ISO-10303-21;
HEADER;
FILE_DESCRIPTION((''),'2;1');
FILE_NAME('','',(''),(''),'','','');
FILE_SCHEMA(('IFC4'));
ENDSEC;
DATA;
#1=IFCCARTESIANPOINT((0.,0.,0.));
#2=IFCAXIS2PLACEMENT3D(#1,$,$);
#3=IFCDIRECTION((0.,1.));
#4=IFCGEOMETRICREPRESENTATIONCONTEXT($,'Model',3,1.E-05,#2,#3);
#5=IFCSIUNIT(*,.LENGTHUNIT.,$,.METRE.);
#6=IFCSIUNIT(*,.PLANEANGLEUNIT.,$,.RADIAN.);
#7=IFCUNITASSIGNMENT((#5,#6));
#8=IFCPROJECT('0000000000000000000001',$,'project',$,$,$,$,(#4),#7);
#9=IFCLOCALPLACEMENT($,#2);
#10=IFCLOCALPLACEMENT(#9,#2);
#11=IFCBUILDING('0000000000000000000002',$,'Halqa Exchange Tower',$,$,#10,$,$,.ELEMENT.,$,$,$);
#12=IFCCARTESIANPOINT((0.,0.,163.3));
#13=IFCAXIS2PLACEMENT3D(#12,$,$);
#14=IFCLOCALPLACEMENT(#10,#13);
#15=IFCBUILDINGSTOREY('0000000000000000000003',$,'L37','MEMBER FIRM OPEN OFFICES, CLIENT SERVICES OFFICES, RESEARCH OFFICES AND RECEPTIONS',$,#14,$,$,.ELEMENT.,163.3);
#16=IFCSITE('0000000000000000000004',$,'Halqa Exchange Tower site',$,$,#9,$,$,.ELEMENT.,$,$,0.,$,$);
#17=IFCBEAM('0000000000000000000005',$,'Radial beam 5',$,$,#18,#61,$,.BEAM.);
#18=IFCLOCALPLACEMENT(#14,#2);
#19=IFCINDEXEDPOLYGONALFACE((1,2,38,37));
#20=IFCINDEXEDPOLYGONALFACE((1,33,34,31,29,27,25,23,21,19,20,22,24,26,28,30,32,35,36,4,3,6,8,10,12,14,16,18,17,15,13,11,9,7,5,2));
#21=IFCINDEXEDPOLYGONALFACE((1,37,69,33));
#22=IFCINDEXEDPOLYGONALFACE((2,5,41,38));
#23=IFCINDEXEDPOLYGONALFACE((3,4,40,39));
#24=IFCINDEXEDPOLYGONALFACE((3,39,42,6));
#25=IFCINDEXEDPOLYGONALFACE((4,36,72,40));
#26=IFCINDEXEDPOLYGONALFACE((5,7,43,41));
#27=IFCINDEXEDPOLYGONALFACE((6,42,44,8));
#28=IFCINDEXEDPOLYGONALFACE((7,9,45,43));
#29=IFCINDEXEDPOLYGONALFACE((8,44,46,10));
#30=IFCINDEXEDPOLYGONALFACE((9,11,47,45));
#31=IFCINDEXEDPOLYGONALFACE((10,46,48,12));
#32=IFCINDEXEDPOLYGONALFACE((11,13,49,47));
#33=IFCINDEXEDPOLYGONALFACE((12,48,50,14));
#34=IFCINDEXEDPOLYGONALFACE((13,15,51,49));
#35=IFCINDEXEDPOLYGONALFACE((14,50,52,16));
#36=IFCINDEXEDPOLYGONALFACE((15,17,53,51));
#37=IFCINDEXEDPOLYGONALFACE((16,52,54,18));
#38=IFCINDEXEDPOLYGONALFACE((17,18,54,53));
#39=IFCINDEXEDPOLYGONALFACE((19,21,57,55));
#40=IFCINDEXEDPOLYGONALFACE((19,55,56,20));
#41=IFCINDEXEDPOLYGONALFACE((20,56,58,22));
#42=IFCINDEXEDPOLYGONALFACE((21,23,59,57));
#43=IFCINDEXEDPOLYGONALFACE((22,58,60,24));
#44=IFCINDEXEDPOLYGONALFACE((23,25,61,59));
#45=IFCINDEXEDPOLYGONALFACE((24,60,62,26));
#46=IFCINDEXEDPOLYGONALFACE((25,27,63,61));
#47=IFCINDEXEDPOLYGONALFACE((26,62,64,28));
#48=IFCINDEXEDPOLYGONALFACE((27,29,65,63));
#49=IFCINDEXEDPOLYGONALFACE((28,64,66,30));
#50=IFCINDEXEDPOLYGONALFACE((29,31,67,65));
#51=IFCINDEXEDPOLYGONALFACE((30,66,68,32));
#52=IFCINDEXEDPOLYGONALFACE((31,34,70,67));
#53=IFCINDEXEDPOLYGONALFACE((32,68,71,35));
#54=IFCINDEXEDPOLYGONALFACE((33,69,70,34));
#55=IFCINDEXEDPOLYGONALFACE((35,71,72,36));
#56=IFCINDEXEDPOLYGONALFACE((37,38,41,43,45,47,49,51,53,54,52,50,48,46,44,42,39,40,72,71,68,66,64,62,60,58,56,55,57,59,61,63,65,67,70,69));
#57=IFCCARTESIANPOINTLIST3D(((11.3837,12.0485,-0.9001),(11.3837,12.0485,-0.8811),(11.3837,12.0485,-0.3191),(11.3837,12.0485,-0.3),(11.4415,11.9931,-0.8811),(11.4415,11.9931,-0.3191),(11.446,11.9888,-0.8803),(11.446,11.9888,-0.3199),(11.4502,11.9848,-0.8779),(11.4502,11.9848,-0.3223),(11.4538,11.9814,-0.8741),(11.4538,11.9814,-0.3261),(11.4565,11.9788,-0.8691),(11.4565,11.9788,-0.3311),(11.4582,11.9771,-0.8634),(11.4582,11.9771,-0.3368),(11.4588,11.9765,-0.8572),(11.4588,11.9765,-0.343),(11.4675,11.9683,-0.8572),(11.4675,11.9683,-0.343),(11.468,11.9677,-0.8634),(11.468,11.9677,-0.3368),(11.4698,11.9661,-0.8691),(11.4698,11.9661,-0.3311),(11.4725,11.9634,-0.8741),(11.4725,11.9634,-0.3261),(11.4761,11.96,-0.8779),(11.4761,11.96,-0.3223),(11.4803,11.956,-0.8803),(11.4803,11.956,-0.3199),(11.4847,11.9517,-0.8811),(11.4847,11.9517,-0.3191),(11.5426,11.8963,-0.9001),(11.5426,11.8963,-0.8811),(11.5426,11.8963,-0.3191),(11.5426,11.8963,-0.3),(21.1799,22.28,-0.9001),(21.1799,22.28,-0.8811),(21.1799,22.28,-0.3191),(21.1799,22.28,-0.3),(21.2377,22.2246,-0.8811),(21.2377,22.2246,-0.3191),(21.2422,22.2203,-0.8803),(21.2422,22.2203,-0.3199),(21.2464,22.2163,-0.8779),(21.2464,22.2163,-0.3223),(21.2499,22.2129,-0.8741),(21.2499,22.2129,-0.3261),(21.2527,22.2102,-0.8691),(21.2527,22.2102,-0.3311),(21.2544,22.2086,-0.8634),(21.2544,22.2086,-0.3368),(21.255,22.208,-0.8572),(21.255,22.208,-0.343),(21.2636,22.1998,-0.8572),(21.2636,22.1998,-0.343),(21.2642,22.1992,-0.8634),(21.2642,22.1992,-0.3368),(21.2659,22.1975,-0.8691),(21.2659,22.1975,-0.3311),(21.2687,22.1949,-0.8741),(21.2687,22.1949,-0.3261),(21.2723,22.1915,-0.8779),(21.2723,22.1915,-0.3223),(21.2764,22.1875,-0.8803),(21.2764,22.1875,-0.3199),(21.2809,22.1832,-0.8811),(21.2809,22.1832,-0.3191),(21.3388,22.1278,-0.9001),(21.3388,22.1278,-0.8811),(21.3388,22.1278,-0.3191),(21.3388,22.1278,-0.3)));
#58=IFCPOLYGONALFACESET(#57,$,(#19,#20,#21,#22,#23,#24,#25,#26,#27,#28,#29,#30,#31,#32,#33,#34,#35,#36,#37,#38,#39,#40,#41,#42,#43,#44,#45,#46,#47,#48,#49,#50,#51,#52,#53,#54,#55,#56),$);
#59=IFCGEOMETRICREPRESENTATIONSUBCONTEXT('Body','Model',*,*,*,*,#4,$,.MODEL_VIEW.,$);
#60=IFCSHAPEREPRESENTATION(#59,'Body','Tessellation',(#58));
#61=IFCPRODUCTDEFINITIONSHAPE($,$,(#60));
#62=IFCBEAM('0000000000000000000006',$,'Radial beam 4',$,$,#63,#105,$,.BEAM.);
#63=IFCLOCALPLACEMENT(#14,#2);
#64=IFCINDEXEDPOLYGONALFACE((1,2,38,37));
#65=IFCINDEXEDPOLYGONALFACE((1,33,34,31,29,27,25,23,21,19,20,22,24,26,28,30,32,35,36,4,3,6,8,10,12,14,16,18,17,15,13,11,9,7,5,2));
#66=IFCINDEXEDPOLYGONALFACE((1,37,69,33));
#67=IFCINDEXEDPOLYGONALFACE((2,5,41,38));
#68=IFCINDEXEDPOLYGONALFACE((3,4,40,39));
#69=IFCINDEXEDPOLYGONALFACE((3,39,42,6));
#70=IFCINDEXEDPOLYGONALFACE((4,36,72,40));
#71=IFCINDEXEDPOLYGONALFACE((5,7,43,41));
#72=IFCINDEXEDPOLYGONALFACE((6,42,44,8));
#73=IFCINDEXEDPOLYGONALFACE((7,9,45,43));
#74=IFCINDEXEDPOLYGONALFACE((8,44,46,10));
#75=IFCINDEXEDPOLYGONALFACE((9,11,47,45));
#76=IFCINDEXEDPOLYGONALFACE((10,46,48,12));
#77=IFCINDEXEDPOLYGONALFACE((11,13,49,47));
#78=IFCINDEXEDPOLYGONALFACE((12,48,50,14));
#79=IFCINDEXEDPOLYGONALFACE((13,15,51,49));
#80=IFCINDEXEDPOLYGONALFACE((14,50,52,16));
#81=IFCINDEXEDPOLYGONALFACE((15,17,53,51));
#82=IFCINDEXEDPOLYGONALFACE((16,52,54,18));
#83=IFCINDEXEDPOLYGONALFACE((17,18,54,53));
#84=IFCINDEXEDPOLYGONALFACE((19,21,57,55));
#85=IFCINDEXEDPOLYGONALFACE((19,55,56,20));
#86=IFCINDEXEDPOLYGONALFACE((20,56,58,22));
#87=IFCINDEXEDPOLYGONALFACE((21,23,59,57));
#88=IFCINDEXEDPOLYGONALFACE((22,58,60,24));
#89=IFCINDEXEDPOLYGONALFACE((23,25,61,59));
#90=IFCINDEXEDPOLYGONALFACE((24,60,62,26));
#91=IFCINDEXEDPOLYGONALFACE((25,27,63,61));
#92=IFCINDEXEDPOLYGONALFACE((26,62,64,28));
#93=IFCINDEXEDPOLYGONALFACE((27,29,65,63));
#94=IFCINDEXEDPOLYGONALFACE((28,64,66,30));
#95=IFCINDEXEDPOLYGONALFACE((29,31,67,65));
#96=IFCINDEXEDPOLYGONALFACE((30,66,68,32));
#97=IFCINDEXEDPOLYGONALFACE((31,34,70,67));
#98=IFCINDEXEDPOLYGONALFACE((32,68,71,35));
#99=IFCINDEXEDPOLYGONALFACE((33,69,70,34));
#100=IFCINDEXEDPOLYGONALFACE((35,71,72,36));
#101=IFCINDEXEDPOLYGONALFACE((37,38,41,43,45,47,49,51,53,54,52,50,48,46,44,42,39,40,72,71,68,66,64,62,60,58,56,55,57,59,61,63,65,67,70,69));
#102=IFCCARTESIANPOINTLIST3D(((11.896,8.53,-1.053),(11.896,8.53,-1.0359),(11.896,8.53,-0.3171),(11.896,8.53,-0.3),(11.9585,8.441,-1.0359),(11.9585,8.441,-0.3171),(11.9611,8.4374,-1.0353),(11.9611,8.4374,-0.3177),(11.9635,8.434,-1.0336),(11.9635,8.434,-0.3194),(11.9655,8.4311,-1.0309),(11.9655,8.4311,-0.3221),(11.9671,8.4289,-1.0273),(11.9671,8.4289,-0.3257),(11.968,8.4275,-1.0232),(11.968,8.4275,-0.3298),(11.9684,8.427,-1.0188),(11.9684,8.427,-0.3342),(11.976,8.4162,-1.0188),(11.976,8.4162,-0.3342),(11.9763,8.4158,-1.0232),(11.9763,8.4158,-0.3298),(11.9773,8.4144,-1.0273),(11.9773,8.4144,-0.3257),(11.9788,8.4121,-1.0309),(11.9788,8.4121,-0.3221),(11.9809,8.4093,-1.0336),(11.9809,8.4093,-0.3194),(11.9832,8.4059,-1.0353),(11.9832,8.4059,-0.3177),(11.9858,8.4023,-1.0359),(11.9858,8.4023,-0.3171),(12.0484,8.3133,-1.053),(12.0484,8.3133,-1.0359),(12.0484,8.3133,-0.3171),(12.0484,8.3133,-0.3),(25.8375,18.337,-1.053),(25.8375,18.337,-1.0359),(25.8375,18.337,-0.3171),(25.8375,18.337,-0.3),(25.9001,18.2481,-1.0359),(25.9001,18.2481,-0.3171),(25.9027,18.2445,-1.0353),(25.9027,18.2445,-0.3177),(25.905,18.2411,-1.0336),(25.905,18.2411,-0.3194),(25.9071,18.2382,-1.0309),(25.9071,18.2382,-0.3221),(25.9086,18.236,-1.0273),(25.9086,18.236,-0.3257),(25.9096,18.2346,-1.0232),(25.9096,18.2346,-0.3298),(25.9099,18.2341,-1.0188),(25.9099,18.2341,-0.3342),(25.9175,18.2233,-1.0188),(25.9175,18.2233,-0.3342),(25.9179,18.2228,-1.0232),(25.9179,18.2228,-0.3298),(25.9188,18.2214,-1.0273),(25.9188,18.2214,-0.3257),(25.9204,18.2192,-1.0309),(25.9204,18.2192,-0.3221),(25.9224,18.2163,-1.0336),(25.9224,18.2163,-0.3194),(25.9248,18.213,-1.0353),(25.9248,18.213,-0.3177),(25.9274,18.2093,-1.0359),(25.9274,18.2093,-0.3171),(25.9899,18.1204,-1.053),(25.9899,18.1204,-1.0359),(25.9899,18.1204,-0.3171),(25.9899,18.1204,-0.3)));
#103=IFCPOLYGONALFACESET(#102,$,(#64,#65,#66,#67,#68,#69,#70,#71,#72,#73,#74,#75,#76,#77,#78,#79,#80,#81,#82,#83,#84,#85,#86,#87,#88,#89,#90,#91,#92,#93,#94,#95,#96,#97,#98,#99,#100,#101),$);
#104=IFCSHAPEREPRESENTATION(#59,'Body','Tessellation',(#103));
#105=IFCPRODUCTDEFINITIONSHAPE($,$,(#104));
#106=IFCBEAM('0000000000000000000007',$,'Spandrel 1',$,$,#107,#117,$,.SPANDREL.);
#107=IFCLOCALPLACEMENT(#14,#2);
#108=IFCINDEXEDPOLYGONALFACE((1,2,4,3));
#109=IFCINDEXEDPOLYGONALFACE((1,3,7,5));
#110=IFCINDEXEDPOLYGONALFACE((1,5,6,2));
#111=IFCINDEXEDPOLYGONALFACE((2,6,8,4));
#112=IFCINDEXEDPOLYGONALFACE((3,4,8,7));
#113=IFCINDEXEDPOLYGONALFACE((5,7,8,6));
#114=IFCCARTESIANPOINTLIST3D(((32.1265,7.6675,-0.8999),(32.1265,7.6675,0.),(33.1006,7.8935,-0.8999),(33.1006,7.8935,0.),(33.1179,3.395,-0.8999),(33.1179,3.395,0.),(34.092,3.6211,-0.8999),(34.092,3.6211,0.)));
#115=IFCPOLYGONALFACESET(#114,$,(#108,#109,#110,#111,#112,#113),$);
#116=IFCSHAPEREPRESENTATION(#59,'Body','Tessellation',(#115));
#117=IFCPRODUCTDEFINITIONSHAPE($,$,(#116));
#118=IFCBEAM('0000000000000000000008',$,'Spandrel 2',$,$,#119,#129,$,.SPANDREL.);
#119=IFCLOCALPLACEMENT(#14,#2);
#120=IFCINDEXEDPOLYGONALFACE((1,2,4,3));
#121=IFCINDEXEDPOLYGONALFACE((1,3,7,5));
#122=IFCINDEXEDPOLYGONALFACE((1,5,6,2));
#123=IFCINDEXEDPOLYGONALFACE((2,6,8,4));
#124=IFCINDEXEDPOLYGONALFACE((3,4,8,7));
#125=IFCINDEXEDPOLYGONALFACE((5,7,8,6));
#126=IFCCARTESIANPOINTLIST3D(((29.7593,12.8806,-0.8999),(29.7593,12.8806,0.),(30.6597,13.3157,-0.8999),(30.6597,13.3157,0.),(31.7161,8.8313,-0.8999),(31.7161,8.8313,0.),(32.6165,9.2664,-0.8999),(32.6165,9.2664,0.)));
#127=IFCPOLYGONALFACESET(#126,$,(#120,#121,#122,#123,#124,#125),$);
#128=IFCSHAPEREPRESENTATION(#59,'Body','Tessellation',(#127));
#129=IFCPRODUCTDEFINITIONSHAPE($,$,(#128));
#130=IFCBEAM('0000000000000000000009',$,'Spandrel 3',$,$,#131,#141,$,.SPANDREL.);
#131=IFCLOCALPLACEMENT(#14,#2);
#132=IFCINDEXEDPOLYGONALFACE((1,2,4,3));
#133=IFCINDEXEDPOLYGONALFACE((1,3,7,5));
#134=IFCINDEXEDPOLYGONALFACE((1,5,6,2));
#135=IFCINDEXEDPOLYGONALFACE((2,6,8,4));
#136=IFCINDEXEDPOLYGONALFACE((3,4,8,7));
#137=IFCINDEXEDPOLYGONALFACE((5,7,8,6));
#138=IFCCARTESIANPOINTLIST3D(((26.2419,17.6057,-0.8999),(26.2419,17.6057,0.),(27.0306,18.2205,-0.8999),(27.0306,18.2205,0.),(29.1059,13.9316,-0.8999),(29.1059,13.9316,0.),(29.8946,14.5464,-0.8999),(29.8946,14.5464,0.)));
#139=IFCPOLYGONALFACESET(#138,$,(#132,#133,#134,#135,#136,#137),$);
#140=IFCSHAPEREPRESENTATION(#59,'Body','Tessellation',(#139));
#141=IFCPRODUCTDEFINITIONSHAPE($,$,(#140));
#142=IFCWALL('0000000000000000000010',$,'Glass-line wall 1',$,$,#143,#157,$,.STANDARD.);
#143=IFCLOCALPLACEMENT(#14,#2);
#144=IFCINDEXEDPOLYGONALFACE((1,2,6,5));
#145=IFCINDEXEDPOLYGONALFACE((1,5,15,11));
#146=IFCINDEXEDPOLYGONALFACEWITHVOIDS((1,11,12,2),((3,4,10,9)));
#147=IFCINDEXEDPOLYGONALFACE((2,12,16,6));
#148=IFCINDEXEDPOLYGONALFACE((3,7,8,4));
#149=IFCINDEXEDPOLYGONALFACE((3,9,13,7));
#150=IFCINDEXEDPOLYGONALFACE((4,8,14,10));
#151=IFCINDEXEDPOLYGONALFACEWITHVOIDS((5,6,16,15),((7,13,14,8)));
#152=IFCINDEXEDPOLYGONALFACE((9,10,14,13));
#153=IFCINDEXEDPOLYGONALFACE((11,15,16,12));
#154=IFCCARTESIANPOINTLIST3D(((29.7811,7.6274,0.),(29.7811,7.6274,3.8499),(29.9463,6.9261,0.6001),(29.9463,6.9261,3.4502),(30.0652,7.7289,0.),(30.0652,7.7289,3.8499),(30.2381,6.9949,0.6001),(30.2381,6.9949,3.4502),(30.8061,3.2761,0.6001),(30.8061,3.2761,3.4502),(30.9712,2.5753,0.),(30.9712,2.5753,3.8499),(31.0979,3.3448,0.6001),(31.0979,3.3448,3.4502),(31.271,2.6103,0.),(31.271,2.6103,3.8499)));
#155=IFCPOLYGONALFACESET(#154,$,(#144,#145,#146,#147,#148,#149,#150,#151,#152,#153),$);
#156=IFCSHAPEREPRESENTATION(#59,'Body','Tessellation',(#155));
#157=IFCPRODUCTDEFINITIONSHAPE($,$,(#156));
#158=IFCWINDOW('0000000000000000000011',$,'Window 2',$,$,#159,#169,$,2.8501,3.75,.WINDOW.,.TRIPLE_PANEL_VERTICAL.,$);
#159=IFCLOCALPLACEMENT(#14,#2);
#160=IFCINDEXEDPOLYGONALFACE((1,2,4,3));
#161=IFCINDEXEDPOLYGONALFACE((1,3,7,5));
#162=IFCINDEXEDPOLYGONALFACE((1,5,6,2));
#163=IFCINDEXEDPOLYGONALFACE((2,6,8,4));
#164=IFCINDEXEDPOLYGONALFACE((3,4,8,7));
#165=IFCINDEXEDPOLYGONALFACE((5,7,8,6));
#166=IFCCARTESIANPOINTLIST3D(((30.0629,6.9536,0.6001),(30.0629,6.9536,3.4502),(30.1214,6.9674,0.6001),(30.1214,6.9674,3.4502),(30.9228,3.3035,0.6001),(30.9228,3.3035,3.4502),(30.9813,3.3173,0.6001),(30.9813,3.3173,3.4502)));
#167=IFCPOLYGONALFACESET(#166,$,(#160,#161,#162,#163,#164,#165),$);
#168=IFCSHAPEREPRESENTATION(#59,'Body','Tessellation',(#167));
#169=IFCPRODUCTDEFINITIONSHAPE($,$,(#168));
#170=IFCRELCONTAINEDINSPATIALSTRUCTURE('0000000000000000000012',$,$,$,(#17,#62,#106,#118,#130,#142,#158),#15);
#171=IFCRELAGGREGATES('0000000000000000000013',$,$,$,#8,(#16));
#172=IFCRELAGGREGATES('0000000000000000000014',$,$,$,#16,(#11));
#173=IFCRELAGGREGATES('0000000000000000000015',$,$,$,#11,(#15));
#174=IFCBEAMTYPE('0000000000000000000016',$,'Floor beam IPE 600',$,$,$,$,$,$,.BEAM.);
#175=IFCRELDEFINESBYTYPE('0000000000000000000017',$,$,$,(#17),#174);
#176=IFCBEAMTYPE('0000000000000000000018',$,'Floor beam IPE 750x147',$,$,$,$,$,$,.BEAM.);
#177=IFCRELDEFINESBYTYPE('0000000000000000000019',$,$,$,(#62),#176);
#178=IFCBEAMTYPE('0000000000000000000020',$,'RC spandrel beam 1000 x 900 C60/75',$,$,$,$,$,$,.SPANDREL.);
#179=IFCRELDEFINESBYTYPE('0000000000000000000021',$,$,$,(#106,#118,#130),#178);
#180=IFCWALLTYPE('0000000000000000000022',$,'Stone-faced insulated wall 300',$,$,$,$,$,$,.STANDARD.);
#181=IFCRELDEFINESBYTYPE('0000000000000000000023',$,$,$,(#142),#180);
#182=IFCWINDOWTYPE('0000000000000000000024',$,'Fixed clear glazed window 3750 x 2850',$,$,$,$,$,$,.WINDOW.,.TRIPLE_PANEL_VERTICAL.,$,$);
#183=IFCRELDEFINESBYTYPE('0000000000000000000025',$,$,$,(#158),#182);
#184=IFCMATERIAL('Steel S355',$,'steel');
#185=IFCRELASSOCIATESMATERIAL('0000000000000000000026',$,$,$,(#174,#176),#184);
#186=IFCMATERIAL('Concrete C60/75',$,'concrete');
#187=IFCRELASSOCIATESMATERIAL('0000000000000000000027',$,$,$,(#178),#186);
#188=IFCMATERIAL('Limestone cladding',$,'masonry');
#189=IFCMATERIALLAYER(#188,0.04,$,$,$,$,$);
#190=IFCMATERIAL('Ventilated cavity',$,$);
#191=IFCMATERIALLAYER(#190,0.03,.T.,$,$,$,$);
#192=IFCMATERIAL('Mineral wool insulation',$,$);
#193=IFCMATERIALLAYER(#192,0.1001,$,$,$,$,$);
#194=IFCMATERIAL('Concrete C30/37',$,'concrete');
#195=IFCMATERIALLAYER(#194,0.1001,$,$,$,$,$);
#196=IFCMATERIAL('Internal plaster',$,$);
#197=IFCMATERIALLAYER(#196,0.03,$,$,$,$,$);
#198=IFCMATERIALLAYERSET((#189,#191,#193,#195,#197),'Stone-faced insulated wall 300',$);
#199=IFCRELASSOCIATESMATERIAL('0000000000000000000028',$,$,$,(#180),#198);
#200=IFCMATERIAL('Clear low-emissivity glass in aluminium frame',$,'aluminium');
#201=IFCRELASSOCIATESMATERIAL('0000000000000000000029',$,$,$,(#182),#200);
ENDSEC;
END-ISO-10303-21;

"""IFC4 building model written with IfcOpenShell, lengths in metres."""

from ifc_helpers import new_model, si_unit, direction, frame, frame_2d, origin, origin_2d, place, context, subcontext, project, spatial, polyline, rectangle, i_section, outline, extrude, material, layer, layer_set, material_profile, profile_set, type_object, element, fill, save


model = new_model("IFC4")

# Units and contexts
model_context = context("Model", 3, precision=1e-05, world=origin(), true_north=direction((0.0, 1.0)))
body_context = subcontext(model_context, "Body", "Model", "MODEL_VIEW")
ifc_project = project(units=[si_unit("LENGTHUNIT", "METRE"), si_unit("PLANEANGLEUNIT", "RADIAN")], contexts=[model_context])

# Site, building, storey
site_placement = place(None, origin())
site = spatial("IfcSite", under=ifc_project, at=site_placement, Name="Halqa Exchange Tower site", CompositionType="ELEMENT", RefElevation=0.0)
building_placement = place(site_placement, origin())
building = spatial("IfcBuilding", under=site, at=building_placement, Name="Halqa Exchange Tower", CompositionType="ELEMENT")
storey_placement = place(building_placement, frame((0.0, 0.0, 163.3)))
storey = spatial("IfcBuildingStorey", under=building, at=storey_placement, Name="L37", Description="MEMBER FIRM OPEN OFFICES, CLIENT SERVICES OFFICES, RESEARCH OFFICES AND RECEPTIONS", CompositionType="ELEMENT", Elevation=163.3)

# Beams
ifc_material_1 = material(Name="Steel S355", Category="steel")
ifc_material_profile_1 = material_profile(ifc_material_1, i_section(OverallWidth=0.22, OverallDepth=0.6001, WebThickness=0.012, FlangeThickness=0.019, FilletRadius=0.0239, at=origin_2d()), Name="IPE 600")
ifc_profile_set_1 = profile_set([ifc_material_profile_1], Name="Steel S355")
beam_type_1 = type_object("IfcBeamType", Name="Floor beam IPE 600", PredefinedType="BEAM", material=ifc_profile_set_1)
beam_1_placement = place(storey_placement, frame((11.4631, 11.9724, -0.6001), z_axis=(0.691574, 0.722305, 0.0), x_axis=(-0.722305, 0.691574, 0.0)))
element("IfcBeam", 1, at=beam_1_placement, inside=storey, type_object=beam_type_1, Name="Radial beam 5", PredefinedType="BEAM", context=body_context, shape_type="SweptSolid", body=[
    extrude(i_section(OverallWidth=0.22, OverallDepth=0.6001, WebThickness=0.012, FlangeThickness=0.019, FilletRadius=0.0239, at=origin_2d()), origin(), (0.0, 0.0, 1.0), 14.165),
])
ifc_material_profile_2 = material_profile(ifc_material_1, i_section(OverallWidth=0.2649, OverallDepth=0.7529, WebThickness=0.0132, FlangeThickness=0.0171, FilletRadius=0.0171, at=origin_2d()), Name="IPE 750x147")
ifc_profile_set_2 = profile_set([ifc_material_profile_2], Name="Steel S355")
beam_type_2 = type_object("IfcBeamType", Name="Floor beam IPE 750x147", PredefinedType="BEAM", material=ifc_profile_set_2)
beam_2_placement = place(storey_placement, frame((11.9722, 8.4216, -0.6765), z_axis=(0.817908, 0.57535, 0.0), x_axis=(-0.57535, 0.817908, 0.0)))
element("IfcBeam", 2, at=beam_2_placement, inside=storey, type_object=beam_type_2, Name="Radial beam 4", PredefinedType="BEAM", context=body_context, shape_type="SweptSolid", body=[
    extrude(i_section(OverallWidth=0.2649, OverallDepth=0.7529, WebThickness=0.0132, FlangeThickness=0.0171, FilletRadius=0.0171, at=origin_2d()), origin(), (0.0, 0.0, 1.0), 17.0454),
])
ifc_material_2 = material(Name="Concrete C60/75", Category="concrete")
ifc_material_profile_3 = material_profile(ifc_material_2, rectangle(XDim=1.0, YDim=0.8999, at=origin_2d()), Name="1000 x 900")
ifc_profile_set_3 = profile_set([ifc_material_profile_3], Name="Concrete C60/75")
beam_type_3 = type_object("IfcBeamType", Name="RC spandrel beam 1000 x 900 C60/75", PredefinedType="SPANDREL", material=ifc_profile_set_3)
beam_3_placement = place(storey_placement, frame((33.605, 3.5081, -0.45), z_axis=(-0.22605, 0.974116, 0.0), x_axis=(-0.974116, -0.22605, 0.0)))
element("IfcBeam", 3, at=beam_3_placement, inside=storey, type_object=beam_type_3, Name="Spandrel 1", PredefinedType="SPANDREL", context=body_context, shape_type="SweptSolid", body=[
    extrude(rectangle(XDim=1.0, YDim=0.8999, at=origin_2d()), origin(), (0.0, 0.0, 1.0), 4.386),
])
beam_4_placement = place(storey_placement, frame((32.1663, 9.0488, -0.45), z_axis=(-0.4351, 0.900382, 0.0), x_axis=(-0.900382, -0.4351, 0.0)))
element("IfcBeam", 4, at=beam_4_placement, inside=storey, type_object=beam_type_3, Name="Spandrel 2", PredefinedType="SPANDREL", context=body_context, shape_type="SweptSolid", body=[
    extrude(rectangle(XDim=1.0, YDim=0.8999, at=origin_2d()), origin(), (0.0, 0.0, 1.0), 4.4973),
])
beam_5_placement = place(storey_placement, frame((29.5002, 14.239, -0.45), z_axis=(-0.614797, 0.788686, 0.0), x_axis=(-0.788686, -0.614797, 0.0)))
element("IfcBeam", 5, at=beam_5_placement, inside=storey, type_object=beam_type_3, Name="Spandrel 3", PredefinedType="SPANDREL", context=body_context, shape_type="SweptSolid", body=[
    extrude(rectangle(XDim=1.0, YDim=0.8999, at=origin_2d()), origin(), (0.0, 0.0, 1.0), 4.6584),
])

# Wall, opening, window
ifc_material_3 = material(Name="Limestone cladding", Category="masonry")
ifc_layer_1 = layer(ifc_material_3, 0.04)
ifc_material_4 = material(Name="Ventilated cavity")
ifc_layer_2 = layer(ifc_material_4, 0.03, ventilated=True)
ifc_material_5 = material(Name="Mineral wool insulation")
ifc_layer_3 = layer(ifc_material_5, 0.1001)
ifc_material_6 = material(Name="Concrete C30/37", Category="concrete")
ifc_layer_4 = layer(ifc_material_6, 0.1001)
ifc_material_7 = material(Name="Internal plaster")
ifc_layer_5 = layer(ifc_material_7, 0.03)
ifc_layer_set = layer_set([ifc_layer_1, ifc_layer_2, ifc_layer_3, ifc_layer_4, ifc_layer_5], Name="Stone-faced insulated wall 300")
wall_type = type_object("IfcWallType", Name="Stone-faced insulated wall 300", PredefinedType="STANDARD", material=ifc_layer_set)
wall_1_placement = place(storey_placement, frame((31.1211, 2.5928, 0.0), z_axis=(0.0, 0.0, 1.0), x_axis=(-0.229297, 0.973356, 0.0)))
wall_1 = element("IfcWall", 6, at=wall_1_placement, inside=storey, type_object=wall_type, Name="Glass-line wall 1", PredefinedType="STANDARD", context=body_context, shape_type="SweptSolid", body=[
    extrude(outline(polyline([(-0.0173, -0.1499), (5.2415, -0.1499), (5.2078, 0.1499), (0.0173, 0.1499), (-0.0173, -0.1499)])), origin(), (0.0, 0.0, 1.0), 3.8499),
])
opening_1_placement = place(wall_1_placement, frame((0.7373, 0.0, 0.6001)))
opening_1 = element("IfcOpeningElement", 7, at=opening_1_placement, cuts=wall_1, PredefinedType="OPENING", context=body_context, shape_type="SweptSolid", body=[
    extrude(rectangle(XDim=3.75, YDim=2.8501, at=frame_2d((1.875, 1.425))), frame((0.0, 0.1621, 0.0), z_axis=(0.0, -1.0, 0.0), x_axis=(1.0, 0.0, 0.0)), (0.0, 0.0, 1.0), 0.324),
])
ifc_material_8 = material(Name="Clear low-emissivity glass in aluminium frame", Category="aluminium")
window_type = type_object("IfcWindowType", Name="Fixed clear glazed window 3750 x 2850", PartitioningType="TRIPLE_PANEL_VERTICAL", PredefinedType="WINDOW", material=ifc_material_8)
window_1_placement = place(opening_1_placement, origin())
window_1 = element("IfcWindow", 8, at=window_1_placement, inside=storey, type_object=window_type, Name="Window 2", OverallHeight=2.8501, OverallWidth=3.75, PartitioningType="TRIPLE_PANEL_VERTICAL", PredefinedType="WINDOW", context=body_context, shape_type="SweptSolid", body=[
    extrude(rectangle(XDim=3.75, YDim=2.8501, at=frame_2d((1.875, 1.425))), frame((0.0, 0.03, 0.0), z_axis=(0.0, -1.0, 0.0), x_axis=(1.0, 0.0, 0.0)), (0.0, 0.0, 1.0), 0.0601),
])
fill(opening_1, window_1)

save(model, "model.ifc")
